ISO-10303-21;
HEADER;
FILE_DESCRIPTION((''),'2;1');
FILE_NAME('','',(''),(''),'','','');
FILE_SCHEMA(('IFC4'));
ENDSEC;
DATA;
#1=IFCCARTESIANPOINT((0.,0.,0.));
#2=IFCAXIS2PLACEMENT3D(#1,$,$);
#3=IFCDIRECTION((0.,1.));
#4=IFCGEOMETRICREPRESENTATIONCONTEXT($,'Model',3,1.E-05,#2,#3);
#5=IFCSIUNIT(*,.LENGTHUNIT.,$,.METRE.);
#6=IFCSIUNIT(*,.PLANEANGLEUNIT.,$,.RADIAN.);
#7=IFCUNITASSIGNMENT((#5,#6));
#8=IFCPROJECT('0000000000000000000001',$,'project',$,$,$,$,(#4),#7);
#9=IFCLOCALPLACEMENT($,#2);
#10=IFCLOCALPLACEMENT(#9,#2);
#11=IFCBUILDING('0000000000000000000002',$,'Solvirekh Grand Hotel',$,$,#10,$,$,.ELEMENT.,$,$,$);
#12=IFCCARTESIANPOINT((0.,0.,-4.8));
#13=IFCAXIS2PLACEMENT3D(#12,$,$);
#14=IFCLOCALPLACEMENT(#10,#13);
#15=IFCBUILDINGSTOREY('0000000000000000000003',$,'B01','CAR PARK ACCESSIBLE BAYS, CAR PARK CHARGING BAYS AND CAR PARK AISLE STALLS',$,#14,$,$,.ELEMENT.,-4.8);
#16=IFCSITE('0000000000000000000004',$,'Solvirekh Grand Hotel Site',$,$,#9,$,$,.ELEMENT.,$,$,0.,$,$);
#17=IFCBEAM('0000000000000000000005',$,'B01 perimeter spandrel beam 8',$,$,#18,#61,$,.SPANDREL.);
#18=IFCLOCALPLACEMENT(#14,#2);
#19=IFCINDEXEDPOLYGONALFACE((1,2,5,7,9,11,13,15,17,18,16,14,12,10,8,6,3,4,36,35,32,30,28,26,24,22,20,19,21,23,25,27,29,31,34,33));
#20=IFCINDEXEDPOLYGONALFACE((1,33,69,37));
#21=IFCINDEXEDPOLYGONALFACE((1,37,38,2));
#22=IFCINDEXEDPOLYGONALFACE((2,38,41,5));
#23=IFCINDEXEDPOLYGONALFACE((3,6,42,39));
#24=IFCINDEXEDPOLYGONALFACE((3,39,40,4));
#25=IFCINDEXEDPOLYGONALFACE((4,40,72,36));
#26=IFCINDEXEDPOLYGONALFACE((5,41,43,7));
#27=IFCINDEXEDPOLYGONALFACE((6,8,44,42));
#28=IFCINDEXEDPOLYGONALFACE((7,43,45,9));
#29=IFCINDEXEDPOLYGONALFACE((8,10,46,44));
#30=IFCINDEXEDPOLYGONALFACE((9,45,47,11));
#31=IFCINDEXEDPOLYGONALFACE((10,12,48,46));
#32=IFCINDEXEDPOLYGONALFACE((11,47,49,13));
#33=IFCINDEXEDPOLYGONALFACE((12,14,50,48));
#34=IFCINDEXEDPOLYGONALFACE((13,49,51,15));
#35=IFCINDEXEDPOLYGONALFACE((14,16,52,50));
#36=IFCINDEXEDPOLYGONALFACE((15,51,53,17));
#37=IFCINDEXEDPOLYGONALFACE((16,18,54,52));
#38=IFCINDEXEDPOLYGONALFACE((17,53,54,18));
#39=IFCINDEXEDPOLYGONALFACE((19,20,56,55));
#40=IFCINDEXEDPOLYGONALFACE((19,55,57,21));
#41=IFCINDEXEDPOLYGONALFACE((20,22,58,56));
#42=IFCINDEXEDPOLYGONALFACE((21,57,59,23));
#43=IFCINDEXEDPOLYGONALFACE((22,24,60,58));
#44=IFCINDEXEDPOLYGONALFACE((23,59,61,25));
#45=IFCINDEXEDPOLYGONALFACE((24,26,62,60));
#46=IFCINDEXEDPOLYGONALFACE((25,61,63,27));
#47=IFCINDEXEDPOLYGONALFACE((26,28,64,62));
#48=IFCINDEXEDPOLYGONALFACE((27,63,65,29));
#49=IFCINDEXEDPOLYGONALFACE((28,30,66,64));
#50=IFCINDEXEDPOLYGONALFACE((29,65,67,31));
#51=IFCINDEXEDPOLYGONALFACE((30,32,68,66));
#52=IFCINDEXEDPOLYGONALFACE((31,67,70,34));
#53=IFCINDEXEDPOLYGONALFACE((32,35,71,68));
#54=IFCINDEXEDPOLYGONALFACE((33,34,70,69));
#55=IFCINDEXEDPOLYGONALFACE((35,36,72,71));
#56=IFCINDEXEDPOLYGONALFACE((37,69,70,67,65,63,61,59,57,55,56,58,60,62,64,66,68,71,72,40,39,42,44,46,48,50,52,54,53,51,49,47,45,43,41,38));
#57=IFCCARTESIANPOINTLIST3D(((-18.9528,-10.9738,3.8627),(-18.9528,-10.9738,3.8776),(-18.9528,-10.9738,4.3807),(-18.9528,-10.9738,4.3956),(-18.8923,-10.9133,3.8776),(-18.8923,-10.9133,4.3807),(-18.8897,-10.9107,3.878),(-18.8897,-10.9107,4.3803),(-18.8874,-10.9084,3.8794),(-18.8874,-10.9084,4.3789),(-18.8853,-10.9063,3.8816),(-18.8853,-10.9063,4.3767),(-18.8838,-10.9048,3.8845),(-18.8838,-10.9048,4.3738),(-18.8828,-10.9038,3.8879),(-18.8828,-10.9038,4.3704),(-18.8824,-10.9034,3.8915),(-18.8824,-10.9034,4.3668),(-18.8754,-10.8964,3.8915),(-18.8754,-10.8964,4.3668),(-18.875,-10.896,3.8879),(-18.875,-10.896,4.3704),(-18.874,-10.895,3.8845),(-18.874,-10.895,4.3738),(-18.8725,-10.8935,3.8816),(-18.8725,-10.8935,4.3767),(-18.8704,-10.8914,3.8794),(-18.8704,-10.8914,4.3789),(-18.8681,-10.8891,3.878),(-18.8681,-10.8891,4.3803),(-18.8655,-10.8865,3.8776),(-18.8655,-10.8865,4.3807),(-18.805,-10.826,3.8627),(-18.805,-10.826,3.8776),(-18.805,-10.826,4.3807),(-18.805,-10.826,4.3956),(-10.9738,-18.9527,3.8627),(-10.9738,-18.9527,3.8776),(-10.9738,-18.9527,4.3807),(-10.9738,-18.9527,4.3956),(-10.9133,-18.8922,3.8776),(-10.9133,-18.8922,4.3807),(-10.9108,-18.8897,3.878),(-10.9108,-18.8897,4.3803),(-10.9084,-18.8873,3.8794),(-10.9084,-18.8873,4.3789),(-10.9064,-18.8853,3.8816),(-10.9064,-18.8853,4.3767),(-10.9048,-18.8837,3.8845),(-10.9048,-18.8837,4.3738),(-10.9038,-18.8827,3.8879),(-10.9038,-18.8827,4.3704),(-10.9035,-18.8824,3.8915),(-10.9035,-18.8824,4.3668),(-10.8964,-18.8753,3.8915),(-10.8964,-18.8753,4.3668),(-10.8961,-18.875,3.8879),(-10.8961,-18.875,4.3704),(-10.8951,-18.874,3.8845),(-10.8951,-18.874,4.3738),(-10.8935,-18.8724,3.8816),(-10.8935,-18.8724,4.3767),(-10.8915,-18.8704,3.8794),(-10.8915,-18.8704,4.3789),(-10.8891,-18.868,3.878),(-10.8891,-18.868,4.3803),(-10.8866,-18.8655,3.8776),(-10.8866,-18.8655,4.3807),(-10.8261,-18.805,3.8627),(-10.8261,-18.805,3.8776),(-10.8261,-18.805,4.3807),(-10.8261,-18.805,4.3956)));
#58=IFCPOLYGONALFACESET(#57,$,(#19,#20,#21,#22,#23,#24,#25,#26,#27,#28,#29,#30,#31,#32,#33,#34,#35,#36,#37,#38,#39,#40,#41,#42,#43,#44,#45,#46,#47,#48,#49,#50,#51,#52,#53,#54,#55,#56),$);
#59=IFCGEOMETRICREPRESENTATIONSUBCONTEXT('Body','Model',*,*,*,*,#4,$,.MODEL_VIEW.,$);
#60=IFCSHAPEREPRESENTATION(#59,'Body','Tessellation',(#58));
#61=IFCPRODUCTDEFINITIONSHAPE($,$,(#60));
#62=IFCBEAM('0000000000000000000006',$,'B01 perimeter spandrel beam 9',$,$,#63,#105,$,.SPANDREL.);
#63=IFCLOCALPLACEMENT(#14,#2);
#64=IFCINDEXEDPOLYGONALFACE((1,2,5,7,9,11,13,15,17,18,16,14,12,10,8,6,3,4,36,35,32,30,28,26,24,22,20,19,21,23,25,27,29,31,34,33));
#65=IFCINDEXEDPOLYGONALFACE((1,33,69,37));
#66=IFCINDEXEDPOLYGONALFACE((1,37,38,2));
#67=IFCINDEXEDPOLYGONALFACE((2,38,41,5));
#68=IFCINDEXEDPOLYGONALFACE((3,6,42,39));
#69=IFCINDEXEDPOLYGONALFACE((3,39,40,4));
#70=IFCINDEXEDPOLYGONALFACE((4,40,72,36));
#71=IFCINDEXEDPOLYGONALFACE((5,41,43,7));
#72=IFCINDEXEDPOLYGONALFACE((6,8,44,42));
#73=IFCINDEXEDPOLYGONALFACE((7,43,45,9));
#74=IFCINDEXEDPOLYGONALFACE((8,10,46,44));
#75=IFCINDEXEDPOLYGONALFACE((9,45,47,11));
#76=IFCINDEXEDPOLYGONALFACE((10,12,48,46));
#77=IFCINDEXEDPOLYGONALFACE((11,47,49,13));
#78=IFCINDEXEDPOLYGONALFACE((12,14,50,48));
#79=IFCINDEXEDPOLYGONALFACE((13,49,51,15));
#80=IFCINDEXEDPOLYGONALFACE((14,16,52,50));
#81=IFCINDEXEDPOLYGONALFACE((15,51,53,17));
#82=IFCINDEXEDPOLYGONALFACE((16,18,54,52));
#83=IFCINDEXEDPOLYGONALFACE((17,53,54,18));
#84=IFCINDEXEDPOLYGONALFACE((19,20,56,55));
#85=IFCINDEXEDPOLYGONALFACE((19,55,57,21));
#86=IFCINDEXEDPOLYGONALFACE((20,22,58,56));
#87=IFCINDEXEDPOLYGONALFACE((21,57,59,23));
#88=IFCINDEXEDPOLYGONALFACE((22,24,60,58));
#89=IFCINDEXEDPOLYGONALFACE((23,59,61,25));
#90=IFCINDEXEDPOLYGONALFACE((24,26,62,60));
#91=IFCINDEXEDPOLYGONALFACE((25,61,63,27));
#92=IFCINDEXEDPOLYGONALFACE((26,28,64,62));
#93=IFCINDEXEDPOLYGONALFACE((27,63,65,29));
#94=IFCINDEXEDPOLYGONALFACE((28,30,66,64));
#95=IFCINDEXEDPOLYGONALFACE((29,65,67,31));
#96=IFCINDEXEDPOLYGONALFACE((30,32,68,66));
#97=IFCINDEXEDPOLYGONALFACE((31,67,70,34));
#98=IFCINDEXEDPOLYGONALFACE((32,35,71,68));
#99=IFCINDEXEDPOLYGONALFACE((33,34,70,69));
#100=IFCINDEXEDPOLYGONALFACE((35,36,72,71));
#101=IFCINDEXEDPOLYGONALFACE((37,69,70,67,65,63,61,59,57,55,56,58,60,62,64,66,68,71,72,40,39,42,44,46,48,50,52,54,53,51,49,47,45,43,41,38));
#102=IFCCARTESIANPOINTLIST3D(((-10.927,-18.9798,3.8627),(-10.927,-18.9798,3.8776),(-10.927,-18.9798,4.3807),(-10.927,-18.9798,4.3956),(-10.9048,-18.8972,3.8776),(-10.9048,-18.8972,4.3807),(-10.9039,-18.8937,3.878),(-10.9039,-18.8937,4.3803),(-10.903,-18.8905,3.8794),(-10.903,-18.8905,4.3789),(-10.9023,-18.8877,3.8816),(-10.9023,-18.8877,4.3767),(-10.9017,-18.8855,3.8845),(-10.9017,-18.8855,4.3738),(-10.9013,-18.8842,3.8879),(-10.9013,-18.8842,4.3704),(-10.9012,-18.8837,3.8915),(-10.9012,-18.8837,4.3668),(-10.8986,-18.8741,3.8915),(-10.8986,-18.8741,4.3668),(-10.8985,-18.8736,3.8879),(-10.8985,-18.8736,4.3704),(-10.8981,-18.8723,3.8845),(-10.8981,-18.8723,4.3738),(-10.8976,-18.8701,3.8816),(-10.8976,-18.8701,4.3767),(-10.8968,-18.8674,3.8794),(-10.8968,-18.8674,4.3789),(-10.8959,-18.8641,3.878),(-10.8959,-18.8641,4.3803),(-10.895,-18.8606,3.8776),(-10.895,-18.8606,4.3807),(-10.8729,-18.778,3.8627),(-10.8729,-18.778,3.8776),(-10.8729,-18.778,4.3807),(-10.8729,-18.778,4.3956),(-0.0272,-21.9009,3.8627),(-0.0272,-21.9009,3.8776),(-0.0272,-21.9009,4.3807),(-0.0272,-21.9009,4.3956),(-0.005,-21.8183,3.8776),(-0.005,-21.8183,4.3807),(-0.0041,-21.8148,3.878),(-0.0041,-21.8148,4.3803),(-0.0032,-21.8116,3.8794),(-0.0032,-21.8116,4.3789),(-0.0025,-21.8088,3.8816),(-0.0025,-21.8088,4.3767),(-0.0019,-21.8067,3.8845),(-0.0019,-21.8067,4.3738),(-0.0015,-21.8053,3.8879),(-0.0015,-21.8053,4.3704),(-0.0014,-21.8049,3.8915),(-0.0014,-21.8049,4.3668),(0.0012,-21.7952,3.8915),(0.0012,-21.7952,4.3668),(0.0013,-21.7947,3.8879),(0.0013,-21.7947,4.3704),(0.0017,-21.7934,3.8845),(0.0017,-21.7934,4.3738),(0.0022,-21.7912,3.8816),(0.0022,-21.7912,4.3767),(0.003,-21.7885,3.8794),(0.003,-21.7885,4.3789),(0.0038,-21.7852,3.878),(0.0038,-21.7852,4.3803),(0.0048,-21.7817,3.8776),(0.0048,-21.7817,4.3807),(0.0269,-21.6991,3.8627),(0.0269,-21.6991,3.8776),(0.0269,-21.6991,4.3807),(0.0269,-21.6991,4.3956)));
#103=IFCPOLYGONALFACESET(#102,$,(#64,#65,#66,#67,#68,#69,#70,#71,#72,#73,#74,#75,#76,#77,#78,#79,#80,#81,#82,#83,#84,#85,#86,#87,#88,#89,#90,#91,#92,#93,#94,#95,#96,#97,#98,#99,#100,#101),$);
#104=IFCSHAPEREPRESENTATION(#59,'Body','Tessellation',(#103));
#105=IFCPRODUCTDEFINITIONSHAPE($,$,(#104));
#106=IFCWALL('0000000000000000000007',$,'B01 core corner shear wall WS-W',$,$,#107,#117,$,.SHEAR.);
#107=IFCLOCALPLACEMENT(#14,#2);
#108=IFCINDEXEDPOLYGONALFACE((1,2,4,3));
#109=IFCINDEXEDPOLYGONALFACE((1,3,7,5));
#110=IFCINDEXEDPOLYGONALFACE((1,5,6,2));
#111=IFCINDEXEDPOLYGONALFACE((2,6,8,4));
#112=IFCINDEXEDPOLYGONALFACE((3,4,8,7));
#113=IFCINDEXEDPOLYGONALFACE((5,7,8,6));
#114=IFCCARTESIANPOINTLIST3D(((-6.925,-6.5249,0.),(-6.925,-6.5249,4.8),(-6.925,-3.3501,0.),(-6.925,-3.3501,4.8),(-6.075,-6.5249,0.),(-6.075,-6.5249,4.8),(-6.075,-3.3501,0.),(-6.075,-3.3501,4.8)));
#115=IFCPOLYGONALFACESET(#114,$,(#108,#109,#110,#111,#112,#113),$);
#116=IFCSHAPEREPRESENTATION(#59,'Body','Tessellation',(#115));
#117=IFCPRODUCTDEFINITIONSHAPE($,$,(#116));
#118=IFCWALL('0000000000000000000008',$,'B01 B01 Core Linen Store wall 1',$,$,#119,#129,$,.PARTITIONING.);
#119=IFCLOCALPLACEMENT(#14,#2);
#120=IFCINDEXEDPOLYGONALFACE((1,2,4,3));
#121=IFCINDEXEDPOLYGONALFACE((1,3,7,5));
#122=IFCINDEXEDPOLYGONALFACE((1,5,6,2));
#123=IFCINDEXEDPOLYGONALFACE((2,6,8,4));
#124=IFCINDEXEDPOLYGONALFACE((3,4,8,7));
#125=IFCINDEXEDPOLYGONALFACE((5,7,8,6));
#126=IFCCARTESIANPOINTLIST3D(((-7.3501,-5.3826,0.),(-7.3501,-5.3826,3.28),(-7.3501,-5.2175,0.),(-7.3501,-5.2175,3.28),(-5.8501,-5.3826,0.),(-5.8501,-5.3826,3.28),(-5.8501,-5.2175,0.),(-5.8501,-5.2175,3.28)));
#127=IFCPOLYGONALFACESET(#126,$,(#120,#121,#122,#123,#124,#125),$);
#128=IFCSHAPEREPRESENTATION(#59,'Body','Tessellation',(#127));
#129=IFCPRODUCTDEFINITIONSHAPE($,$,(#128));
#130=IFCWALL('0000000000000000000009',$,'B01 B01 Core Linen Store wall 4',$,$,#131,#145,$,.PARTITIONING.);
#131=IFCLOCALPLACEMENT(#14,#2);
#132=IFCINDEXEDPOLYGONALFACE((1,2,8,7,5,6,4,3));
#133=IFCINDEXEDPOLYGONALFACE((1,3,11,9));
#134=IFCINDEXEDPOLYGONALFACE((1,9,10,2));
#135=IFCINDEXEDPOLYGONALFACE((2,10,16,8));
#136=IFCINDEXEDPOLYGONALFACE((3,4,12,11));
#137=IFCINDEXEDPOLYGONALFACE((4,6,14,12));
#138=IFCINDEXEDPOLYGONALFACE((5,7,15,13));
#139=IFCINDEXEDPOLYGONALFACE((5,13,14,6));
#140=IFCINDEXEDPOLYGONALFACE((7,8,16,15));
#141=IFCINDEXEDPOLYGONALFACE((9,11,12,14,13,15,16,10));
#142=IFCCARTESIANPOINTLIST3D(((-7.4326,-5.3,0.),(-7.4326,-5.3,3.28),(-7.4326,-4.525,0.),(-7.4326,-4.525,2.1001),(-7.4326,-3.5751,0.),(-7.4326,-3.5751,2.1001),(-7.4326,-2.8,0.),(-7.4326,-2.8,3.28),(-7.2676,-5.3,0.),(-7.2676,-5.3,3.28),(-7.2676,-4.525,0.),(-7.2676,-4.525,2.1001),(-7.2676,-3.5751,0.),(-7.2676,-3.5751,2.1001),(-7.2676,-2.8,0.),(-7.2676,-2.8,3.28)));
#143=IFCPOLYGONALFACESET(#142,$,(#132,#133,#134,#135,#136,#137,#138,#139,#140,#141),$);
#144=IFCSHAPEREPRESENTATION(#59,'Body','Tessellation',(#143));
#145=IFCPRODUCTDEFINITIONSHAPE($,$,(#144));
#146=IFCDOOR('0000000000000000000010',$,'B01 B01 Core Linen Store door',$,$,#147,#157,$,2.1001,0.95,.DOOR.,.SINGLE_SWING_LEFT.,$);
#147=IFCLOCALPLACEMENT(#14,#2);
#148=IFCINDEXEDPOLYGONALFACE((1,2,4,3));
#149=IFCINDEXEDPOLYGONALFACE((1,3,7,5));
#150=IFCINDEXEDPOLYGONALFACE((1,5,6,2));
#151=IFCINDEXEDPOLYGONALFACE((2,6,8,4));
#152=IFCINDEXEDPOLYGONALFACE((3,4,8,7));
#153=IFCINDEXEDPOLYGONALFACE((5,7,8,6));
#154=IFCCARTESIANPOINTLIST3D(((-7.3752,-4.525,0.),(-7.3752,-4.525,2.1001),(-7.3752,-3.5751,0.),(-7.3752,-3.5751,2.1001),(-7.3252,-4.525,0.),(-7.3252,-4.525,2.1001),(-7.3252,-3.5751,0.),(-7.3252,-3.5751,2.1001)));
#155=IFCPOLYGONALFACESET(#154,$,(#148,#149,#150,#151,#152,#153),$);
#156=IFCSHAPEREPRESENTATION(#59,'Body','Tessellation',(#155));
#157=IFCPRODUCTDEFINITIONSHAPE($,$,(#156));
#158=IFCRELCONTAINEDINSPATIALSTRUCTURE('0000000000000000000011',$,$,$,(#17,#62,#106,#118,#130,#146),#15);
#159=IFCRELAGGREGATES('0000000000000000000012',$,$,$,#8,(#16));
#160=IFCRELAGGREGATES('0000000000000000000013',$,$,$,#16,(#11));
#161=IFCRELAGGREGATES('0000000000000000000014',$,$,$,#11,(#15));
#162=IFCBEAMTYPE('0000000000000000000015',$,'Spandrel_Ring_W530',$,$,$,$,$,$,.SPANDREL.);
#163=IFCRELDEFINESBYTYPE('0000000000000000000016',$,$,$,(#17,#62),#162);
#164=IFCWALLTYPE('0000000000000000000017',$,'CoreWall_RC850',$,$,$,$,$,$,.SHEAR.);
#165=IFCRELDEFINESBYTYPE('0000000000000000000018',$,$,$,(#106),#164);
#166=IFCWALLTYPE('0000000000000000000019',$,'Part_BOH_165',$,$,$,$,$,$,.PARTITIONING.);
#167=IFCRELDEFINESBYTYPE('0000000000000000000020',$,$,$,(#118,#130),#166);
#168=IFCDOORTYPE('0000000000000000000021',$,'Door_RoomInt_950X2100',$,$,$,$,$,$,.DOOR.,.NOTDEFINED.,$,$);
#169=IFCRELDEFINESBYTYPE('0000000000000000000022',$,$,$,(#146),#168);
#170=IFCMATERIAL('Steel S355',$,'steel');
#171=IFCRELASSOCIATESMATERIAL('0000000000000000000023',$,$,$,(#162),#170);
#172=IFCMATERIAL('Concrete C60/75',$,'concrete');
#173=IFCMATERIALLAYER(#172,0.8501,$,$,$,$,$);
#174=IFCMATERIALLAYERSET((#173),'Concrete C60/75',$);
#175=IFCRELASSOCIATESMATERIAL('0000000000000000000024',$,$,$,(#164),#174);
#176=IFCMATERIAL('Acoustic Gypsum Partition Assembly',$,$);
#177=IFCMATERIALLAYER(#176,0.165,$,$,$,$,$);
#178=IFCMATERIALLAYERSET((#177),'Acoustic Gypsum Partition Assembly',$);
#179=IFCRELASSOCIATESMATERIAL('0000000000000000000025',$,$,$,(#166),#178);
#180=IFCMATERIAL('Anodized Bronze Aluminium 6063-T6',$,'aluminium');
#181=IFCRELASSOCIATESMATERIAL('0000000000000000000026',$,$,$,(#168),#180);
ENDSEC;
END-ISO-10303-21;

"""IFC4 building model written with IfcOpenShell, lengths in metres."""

from ifc_helpers import new_model, si_unit, direction, frame, frame_2d, origin, origin_2d, place, context, subcontext, project, spatial, rectangle, i_section, extrude, material, layer, layer_set, material_profile, profile_set, type_object, element, fill, save


model = new_model("IFC4")

# Units and contexts
model_context = context("Model", 3, precision=1e-05, world=origin(), true_north=direction((0.0, 1.0)))
body_context = subcontext(model_context, "Body", "Model", "MODEL_VIEW")
ifc_project = project(units=[si_unit("LENGTHUNIT", "METRE"), si_unit("PLANEANGLEUNIT", "RADIAN")], contexts=[model_context])

# Site, building, storey
site_placement = place(None, origin())
site = spatial("IfcSite", under=ifc_project, at=site_placement, Name="Solvirekh Grand Hotel Site", CompositionType="ELEMENT", RefElevation=0.0)
building_placement = place(site_placement, origin())
building = spatial("IfcBuilding", under=site, at=building_placement, Name="Solvirekh Grand Hotel", CompositionType="ELEMENT")
storey_placement = place(building_placement, frame((0.0, 0.0, -4.8)))
storey = spatial("IfcBuildingStorey", under=building, at=storey_placement, Name="B01", Description="CAR PARK ACCESSIBLE BAYS, CAR PARK CHARGING BAYS AND CAR PARK AISLE STALLS", CompositionType="ELEMENT", Elevation=-4.8)

# Shared definitions
ifc_material_1 = material(Name="Concrete C60/75", Category="concrete")

# Beams
ifc_material_2 = material(Name="Steel S355", Category="steel")
ifc_material_profile_1 = material_profile(ifc_material_2, i_section(OverallWidth=0.209, OverallDepth=0.533, WebThickness=0.01, FlangeThickness=0.0149, FilletRadius=0.0139, at=origin_2d()), Name="W530X92")
ifc_profile_set_1 = profile_set([ifc_material_profile_1], Name="Steel S355")
beam_type_1 = type_object("IfcBeamType", Name="Spandrel_Ring_W530", PredefinedType="SPANDREL", material=ifc_profile_set_1)
beam_1_placement = place(storey_placement, frame((-18.8789, -10.8999, 4.1292), z_axis=(0.707107, -0.707107, 0.0), x_axis=(0.707107, 0.707107, 0.0)))
element("IfcBeam", 1, at=beam_1_placement, inside=storey, type_object=beam_type_1, Name="B01 perimeter spandrel beam 8", PredefinedType="SPANDREL", context=body_context, shape_type="SweptSolid", body=[
    extrude(i_section(OverallWidth=0.209, OverallDepth=0.533, WebThickness=0.01, FlangeThickness=0.0149, FilletRadius=0.0139, at=origin_2d()), origin(), (0.0, 0.0, 1.0), 11.2839),
])
beam_2_placement = place(storey_placement, frame((-10.8999, -18.8789, 4.1292), z_axis=(0.965914, -0.258862, 0.0), x_axis=(0.258862, 0.965914, 0.0)))
element("IfcBeam", 2, at=beam_2_placement, inside=storey, type_object=beam_type_1, Name="B01 perimeter spandrel beam 9", PredefinedType="SPANDREL", context=body_context, shape_type="SweptSolid", body=[
    extrude(i_section(OverallWidth=0.209, OverallDepth=0.533, WebThickness=0.01, FlangeThickness=0.0149, FilletRadius=0.0139, at=origin_2d()), origin(), (0.0, 0.0, 1.0), 11.2844),
])

# Walls
ifc_layer_1 = layer(ifc_material_1, 0.8501)
ifc_layer_set_1 = layer_set([ifc_layer_1], Name="Concrete C60/75")
wall_type_1 = type_object("IfcWallType", Name="CoreWall_RC850", PredefinedType="SHEAR", material=ifc_layer_set_1)
wall_1_placement = place(storey_placement, frame((-6.5, -6.5249, 0.0), z_axis=(0.0, 0.0, 1.0), x_axis=(0.0, 1.0, 0.0)))
element("IfcWall", 3, at=wall_1_placement, inside=storey, type_object=wall_type_1, Name="B01 core corner shear wall WS-W", PredefinedType="SHEAR", context=body_context, shape_type="SweptSolid", body=[
    extrude(rectangle(XDim=3.1748, YDim=0.8501, at=frame_2d((1.5874, 0.0))), origin(), (0.0, 0.0, 1.0), 4.8),
])
ifc_material_3 = material(Name="Acoustic Gypsum Partition Assembly")
ifc_layer_2 = layer(ifc_material_3, 0.165)
ifc_layer_set_2 = layer_set([ifc_layer_2], Name="Acoustic Gypsum Partition Assembly")
wall_type_2 = type_object("IfcWallType", Name="Part_BOH_165", PredefinedType="PARTITIONING", material=ifc_layer_set_2)
wall_2_placement = place(storey_placement, frame((-7.3501, -5.3, 0.0), z_axis=(0.0, 0.0, 1.0), x_axis=(1.0, 0.0, 0.0)))
element("IfcWall", 4, at=wall_2_placement, inside=storey, type_object=wall_type_2, Name="B01 B01 Core Linen Store wall 1", PredefinedType="PARTITIONING", context=body_context, shape_type="SweptSolid", body=[
    extrude(rectangle(XDim=1.5, YDim=0.165, at=frame_2d((0.75, 0.0))), origin(), (0.0, 0.0, 1.0), 3.28),
])

# Wall, opening, door
wall_3_placement = place(storey_placement, frame((-7.3501, -2.8, 0.0), z_axis=(0.0, 0.0, 1.0), x_axis=(0.0, -1.0, 0.0)))
wall_3 = element("IfcWall", 5, at=wall_3_placement, inside=storey, type_object=wall_type_2, Name="B01 B01 Core Linen Store wall 4", PredefinedType="PARTITIONING", context=body_context, shape_type="SweptSolid", body=[
    extrude(rectangle(XDim=2.5, YDim=0.165, at=frame_2d((1.25, 0.0))), origin(), (0.0, 0.0, 1.0), 3.28),
])
opening_1_placement = place(wall_3_placement, frame((0.7749, 0.0, 0.0)))
opening_1 = element("IfcOpeningElement", 6, at=opening_1_placement, cuts=wall_3, PredefinedType="OPENING", context=body_context, shape_type="SweptSolid", body=[
    extrude(rectangle(XDim=0.95, YDim=2.1001, at=frame_2d((0.4751, 1.05))), frame((0.0, 0.0925, 0.0), z_axis=(0.0, -1.0, 0.0), x_axis=(1.0, 0.0, 0.0)), (0.0, 0.0, 1.0), 0.1851),
])
ifc_material_4 = material(Name="Anodized Bronze Aluminium 6063-T6", Category="aluminium")
door_type_1 = type_object("IfcDoorType", Name="Door_RoomInt_950X2100", OperationType="NOTDEFINED", PredefinedType="DOOR", material=ifc_material_4)
door_1_placement = place(opening_1_placement, origin())
door_1 = element("IfcDoor", 7, at=door_1_placement, inside=storey, type_object=door_type_1, Name="B01 B01 Core Linen Store door", OperationType="SINGLE_SWING_LEFT", OverallHeight=2.1001, OverallWidth=0.95, PredefinedType="DOOR", context=body_context, shape_type="SweptSolid", body=[
    extrude(rectangle(XDim=0.95, YDim=2.1001, at=frame_2d((0.4751, 1.05))), frame((0.0, 0.0249, 0.0), z_axis=(0.0, -1.0, 0.0), x_axis=(1.0, 0.0, 0.0)), (0.0, 0.0, 1.0), 0.05),
])
fill(opening_1, door_1)

save(model, "model.ifc")
